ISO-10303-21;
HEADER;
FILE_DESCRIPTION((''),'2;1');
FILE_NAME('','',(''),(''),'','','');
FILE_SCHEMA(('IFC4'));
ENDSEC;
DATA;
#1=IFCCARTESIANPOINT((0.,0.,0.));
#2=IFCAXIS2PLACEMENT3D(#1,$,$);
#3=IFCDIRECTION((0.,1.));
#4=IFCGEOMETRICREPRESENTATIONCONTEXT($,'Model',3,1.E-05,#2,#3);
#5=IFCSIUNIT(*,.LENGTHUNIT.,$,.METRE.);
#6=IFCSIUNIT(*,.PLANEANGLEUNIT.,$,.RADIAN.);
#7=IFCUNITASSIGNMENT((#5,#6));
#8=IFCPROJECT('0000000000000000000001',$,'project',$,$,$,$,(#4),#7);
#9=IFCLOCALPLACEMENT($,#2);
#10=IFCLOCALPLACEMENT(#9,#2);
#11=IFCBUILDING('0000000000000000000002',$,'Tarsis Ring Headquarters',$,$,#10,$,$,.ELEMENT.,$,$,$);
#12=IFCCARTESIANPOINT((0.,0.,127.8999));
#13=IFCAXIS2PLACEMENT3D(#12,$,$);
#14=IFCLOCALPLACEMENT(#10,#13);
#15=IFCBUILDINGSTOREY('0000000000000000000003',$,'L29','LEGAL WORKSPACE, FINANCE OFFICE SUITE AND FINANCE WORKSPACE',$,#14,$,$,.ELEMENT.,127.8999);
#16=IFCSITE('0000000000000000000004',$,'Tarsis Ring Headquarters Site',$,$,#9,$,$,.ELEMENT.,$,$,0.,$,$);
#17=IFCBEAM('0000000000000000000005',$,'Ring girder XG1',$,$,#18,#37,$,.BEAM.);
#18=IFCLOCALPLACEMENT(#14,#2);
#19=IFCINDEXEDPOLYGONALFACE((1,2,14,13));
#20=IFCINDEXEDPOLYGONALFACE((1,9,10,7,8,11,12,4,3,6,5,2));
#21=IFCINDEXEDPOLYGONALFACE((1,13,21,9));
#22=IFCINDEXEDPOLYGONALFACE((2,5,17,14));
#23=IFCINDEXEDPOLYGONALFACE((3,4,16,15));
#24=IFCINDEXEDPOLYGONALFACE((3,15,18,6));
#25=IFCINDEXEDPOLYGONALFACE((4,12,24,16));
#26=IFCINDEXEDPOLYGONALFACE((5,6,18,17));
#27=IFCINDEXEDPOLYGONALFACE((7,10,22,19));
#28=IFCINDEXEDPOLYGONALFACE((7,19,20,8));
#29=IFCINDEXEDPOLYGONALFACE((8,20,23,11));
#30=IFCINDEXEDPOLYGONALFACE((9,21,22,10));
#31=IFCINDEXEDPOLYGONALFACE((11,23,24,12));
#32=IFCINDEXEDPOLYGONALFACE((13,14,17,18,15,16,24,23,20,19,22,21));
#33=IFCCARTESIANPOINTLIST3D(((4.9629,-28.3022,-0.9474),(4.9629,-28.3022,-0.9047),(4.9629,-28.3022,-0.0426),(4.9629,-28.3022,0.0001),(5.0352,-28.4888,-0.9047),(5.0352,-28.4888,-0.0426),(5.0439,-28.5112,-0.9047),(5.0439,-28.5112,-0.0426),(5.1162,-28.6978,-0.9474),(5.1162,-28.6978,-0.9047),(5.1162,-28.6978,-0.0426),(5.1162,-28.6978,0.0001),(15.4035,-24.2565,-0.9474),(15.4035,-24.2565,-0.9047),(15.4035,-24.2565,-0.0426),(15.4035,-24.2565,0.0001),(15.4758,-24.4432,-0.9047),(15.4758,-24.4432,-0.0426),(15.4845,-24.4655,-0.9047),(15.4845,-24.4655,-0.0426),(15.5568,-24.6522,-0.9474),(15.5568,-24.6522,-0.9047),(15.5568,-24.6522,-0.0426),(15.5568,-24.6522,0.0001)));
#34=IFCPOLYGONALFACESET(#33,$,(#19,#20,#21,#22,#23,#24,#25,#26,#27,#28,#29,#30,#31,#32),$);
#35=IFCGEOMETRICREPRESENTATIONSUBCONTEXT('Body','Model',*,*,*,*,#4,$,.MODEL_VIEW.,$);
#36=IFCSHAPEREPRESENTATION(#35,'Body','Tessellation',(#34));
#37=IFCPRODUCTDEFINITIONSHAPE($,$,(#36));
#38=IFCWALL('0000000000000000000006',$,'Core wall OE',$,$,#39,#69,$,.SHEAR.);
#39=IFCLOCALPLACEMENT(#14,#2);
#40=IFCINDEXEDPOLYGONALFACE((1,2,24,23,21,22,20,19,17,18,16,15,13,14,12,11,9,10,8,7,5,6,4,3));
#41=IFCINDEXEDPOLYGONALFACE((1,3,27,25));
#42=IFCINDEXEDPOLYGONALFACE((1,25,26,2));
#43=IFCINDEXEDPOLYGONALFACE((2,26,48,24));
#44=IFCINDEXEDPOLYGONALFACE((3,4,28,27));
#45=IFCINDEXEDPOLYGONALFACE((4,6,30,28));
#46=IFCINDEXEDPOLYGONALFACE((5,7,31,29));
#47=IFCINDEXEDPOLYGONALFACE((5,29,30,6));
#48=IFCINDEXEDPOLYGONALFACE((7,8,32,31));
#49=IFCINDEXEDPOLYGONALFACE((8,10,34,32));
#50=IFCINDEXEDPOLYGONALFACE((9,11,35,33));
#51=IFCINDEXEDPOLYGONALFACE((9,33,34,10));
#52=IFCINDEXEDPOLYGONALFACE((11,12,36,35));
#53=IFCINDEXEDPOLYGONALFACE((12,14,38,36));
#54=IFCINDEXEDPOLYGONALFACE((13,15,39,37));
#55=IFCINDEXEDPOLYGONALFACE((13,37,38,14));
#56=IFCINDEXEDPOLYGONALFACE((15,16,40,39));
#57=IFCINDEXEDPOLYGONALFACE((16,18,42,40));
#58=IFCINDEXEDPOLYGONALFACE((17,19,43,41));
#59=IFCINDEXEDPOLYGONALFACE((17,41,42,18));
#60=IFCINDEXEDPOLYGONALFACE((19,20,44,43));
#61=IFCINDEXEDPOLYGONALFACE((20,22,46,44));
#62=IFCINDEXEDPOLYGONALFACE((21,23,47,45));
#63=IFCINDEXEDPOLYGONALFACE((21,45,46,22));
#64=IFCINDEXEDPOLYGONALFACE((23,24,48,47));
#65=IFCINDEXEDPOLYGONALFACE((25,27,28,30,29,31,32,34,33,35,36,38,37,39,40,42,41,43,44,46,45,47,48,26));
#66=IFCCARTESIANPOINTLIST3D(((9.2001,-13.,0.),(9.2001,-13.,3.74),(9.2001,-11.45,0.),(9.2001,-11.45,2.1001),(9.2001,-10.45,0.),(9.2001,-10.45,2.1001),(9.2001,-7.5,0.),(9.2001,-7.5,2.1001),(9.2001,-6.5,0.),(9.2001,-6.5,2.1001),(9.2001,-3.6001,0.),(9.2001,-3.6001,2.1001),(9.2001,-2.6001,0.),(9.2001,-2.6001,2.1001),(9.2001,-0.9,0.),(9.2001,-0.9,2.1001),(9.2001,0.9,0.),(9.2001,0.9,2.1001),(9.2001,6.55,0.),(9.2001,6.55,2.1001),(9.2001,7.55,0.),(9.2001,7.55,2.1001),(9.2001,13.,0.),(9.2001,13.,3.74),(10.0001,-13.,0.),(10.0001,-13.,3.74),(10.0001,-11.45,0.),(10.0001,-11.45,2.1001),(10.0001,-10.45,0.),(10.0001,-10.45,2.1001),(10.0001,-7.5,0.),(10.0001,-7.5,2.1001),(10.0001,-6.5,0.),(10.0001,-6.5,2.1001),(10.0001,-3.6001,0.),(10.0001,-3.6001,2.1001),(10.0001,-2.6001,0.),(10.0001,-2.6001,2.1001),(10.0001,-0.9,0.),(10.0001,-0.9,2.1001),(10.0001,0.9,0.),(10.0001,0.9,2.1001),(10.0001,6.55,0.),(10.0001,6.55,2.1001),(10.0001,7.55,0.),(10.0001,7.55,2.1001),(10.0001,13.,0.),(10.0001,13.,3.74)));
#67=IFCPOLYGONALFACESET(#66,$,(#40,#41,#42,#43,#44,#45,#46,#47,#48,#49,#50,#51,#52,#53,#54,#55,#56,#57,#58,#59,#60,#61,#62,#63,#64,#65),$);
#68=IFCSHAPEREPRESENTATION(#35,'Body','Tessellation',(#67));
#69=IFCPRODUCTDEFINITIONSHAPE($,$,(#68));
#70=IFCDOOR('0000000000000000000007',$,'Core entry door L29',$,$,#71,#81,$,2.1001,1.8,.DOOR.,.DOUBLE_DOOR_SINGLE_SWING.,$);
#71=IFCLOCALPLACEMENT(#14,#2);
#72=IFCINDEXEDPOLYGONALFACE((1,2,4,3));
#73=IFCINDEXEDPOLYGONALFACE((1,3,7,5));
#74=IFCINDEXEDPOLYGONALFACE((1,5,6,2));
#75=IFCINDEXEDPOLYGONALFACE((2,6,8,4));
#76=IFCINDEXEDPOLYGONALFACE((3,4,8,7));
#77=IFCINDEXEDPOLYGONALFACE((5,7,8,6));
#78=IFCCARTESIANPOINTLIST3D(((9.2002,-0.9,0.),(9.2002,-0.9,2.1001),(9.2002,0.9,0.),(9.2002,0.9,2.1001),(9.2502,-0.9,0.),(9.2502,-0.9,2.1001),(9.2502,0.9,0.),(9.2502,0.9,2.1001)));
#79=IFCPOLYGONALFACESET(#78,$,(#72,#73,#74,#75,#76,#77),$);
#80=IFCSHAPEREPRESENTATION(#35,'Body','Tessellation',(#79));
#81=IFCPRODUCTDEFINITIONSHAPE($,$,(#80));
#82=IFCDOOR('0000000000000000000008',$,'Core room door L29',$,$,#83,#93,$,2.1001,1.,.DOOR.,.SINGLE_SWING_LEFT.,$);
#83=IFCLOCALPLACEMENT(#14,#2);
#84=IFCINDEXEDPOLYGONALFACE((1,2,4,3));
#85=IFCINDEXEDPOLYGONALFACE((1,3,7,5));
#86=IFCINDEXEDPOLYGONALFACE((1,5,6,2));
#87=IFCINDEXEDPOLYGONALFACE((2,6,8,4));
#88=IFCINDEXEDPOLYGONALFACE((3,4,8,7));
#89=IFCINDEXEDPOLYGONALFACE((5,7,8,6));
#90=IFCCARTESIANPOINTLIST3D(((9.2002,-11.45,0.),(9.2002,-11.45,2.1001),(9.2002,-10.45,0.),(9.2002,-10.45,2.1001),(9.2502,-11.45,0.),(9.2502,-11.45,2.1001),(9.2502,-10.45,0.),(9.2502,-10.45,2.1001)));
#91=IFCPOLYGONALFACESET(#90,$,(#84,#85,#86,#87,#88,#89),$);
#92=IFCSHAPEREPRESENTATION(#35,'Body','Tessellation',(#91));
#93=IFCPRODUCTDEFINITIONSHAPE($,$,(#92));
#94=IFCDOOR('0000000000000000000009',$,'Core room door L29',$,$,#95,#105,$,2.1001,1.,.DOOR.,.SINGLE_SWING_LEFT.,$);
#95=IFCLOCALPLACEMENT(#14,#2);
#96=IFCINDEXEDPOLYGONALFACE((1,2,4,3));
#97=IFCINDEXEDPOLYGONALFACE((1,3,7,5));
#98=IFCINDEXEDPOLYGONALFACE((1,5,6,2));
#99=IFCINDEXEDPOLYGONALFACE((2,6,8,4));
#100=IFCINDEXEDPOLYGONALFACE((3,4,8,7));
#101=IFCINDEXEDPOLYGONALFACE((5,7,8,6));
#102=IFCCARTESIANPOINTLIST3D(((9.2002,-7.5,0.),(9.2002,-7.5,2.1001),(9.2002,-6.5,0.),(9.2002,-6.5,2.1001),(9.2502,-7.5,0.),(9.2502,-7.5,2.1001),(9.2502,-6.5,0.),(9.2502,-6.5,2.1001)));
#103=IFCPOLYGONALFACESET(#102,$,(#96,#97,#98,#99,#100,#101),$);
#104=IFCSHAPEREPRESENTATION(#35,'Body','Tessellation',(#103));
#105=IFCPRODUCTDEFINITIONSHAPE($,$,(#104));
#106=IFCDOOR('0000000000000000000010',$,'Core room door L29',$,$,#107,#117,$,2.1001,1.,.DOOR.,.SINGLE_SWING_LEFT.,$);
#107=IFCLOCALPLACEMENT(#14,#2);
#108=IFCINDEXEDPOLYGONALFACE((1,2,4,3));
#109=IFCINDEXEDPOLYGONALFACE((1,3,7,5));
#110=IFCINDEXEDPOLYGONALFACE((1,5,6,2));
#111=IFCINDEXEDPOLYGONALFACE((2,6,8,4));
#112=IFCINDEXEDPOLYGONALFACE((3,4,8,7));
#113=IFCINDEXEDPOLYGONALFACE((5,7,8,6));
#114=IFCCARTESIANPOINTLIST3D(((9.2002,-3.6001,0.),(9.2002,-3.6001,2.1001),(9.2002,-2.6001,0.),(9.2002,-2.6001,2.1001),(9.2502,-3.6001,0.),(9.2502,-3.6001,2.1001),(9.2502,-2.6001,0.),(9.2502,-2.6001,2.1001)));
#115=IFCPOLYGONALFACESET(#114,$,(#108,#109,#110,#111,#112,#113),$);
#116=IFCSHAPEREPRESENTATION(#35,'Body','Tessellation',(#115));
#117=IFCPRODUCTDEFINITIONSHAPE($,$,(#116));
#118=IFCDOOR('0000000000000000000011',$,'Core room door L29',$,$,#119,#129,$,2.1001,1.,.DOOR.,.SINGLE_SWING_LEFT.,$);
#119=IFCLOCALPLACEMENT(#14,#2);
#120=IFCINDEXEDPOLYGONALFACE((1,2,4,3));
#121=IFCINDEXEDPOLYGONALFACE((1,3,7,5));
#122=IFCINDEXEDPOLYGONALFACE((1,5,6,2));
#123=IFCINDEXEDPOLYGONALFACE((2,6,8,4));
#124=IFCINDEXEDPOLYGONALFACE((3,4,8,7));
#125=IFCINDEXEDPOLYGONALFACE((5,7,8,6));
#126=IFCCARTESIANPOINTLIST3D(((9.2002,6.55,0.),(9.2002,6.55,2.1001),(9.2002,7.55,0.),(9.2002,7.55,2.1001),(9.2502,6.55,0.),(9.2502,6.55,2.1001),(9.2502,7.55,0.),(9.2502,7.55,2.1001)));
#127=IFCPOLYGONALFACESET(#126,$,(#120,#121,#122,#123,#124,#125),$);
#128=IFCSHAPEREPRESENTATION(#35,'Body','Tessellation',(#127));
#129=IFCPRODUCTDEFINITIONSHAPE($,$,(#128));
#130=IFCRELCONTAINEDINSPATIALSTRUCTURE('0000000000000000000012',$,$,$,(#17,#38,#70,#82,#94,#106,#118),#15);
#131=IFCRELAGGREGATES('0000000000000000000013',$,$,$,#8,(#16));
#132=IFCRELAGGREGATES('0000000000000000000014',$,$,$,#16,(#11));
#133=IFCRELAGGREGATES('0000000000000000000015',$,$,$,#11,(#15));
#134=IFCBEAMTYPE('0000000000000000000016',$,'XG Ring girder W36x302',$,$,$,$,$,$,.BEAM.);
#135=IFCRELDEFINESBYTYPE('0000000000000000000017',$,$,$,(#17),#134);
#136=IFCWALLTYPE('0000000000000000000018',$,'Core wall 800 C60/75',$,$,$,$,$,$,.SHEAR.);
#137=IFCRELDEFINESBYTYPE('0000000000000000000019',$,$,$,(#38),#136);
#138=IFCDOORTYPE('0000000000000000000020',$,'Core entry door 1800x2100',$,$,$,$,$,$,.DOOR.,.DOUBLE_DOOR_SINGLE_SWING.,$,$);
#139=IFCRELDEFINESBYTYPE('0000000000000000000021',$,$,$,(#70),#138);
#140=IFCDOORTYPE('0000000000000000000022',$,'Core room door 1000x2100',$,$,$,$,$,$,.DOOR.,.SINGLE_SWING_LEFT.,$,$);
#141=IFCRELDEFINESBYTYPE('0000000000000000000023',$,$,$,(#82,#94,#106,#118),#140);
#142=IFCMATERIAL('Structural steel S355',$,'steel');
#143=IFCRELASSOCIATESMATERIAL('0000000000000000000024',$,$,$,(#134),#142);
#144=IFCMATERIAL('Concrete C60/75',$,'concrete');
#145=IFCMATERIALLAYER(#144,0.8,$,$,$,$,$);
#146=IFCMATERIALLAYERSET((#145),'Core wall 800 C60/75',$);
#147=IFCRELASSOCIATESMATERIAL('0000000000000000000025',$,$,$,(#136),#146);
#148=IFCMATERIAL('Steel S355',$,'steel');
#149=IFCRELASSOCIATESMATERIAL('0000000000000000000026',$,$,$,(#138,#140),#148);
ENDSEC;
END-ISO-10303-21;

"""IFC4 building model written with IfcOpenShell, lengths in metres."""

from ifc_helpers import new_model, si_unit, direction, frame, frame_2d, origin, origin_2d, place, context, subcontext, project, spatial, rectangle, i_section, extrude, material, layer, layer_set, material_profile, profile_set, type_object, element, fill, save


model = new_model("IFC4")

# Units and contexts
model_context = context("Model", 3, precision=1e-05, world=origin(), true_north=direction((0.0, 1.0)))
body_context = subcontext(model_context, "Body", "Model", "MODEL_VIEW")
ifc_project = project(units=[si_unit("LENGTHUNIT", "METRE"), si_unit("PLANEANGLEUNIT", "RADIAN")], contexts=[model_context])

# Site, building, storey
site_placement = place(None, origin())
site = spatial("IfcSite", under=ifc_project, at=site_placement, Name="Tarsis Ring Headquarters Site", CompositionType="ELEMENT", RefElevation=0.0)
building_placement = place(site_placement, origin())
building = spatial("IfcBuilding", under=site, at=building_placement, Name="Tarsis Ring Headquarters", CompositionType="ELEMENT")
storey_placement = place(building_placement, frame((0.0, 0.0, 127.8999)))
storey = spatial("IfcBuildingStorey", under=building, at=storey_placement, Name="L29", Description="LEGAL WORKSPACE, FINANCE OFFICE SUITE AND FINANCE WORKSPACE", CompositionType="ELEMENT", Elevation=127.8999)

# Beam
ifc_material_1 = material(Name="Structural steel S355", Category="steel")
ifc_material_profile = material_profile(ifc_material_1, i_section(OverallWidth=0.4243, OverallDepth=0.9475, WebThickness=0.0239, FlangeThickness=0.0427, at=origin_2d()), Name="W36x302")
ifc_profile_set = profile_set([ifc_material_profile], Name="Structural steel S355")
beam_type = type_object("IfcBeamType", Name="XG Ring girder W36x302", PredefinedType="BEAM", material=ifc_profile_set)
beam_placement = place(storey_placement, frame((5.0396, -28.5, -0.4736), z_axis=(0.932445, 0.361313, 0.0), x_axis=(-0.361313, 0.932445, 0.0)))
element("IfcBeam", 1, at=beam_placement, inside=storey, type_object=beam_type, Name="Ring girder XG1", PredefinedType="BEAM", context=body_context, shape_type="SweptSolid", body=[
    extrude(i_section(OverallWidth=0.4243, OverallDepth=0.9475, WebThickness=0.0239, FlangeThickness=0.0427, at=origin_2d()), origin(), (0.0, 0.0, 1.0), 11.197),
])

# Wall, openings, doors
ifc_material_2 = material(Name="Concrete C60/75", Category="concrete")
ifc_layer_1 = layer(ifc_material_2, 0.8)
ifc_layer_set_1 = layer_set([ifc_layer_1], Name="Core wall 800 C60/75")
wall_type_1 = type_object("IfcWallType", Name="Core wall 800 C60/75", PredefinedType="SHEAR", material=ifc_layer_set_1)
wall_1_placement = place(storey_placement, frame((9.6001, -13.0, 0.0), z_axis=(0.0, 0.0, 1.0), x_axis=(0.0, 1.0, 0.0)))
wall_1 = element("IfcWall", 2, at=wall_1_placement, inside=storey, type_object=wall_type_1, Name="Core wall OE", PredefinedType="SHEAR", context=body_context, shape_type="SweptSolid", body=[
    extrude(rectangle(XDim=26.0, YDim=0.8, at=frame_2d((13.0, 0.0))), origin(), (0.0, 0.0, 1.0), 3.74),
])
opening_1_placement = place(wall_1_placement, frame((1.55, 0.0, 0.0)))
opening_1 = element("IfcOpeningElement", 3, at=opening_1_placement, cuts=wall_1, PredefinedType="OPENING", context=body_context, shape_type="SweptSolid", body=[
    extrude(rectangle(XDim=1.0, YDim=2.1001, at=frame_2d((0.5, 1.05))), frame((0.0, 0.4099, 0.0), z_axis=(0.0, -1.0, 0.0), x_axis=(1.0, 0.0, 0.0)), (0.0, 0.0, 1.0), 0.8201),
])
opening_2_placement = place(wall_1_placement, frame((5.5, 0.0, 0.0)))
opening_2 = element("IfcOpeningElement", 4, at=opening_2_placement, cuts=wall_1, PredefinedType="OPENING", context=body_context, shape_type="SweptSolid", body=[
    extrude(rectangle(XDim=1.0, YDim=2.1001, at=frame_2d((0.5, 1.05))), frame((0.0, 0.4099, 0.0), z_axis=(0.0, -1.0, 0.0), x_axis=(1.0, 0.0, 0.0)), (0.0, 0.0, 1.0), 0.8201),
])
opening_3_placement = place(wall_1_placement, frame((9.3999, 0.0, 0.0)))
opening_3 = element("IfcOpeningElement", 5, at=opening_3_placement, cuts=wall_1, PredefinedType="OPENING", context=body_context, shape_type="SweptSolid", body=[
    extrude(rectangle(XDim=1.0, YDim=2.1001, at=frame_2d((0.5, 1.05))), frame((0.0, 0.4099, 0.0), z_axis=(0.0, -1.0, 0.0), x_axis=(1.0, 0.0, 0.0)), (0.0, 0.0, 1.0), 0.8201),
])
opening_4_placement = place(wall_1_placement, frame((12.1001, 0.0, 0.0)))
opening_4 = element("IfcOpeningElement", 6, at=opening_4_placement, cuts=wall_1, PredefinedType="OPENING", context=body_context, shape_type="SweptSolid", body=[
    extrude(rectangle(XDim=1.8, YDim=2.1001, at=frame_2d((0.8999, 1.05))), frame((0.0, 0.4099, 0.0), z_axis=(0.0, -1.0, 0.0), x_axis=(1.0, 0.0, 0.0)), (0.0, 0.0, 1.0), 0.8201),
])
opening_5_placement = place(wall_1_placement, frame((19.55, 0.0, 0.0)))
opening_5 = element("IfcOpeningElement", 7, at=opening_5_placement, cuts=wall_1, PredefinedType="OPENING", context=body_context, shape_type="SweptSolid", body=[
    extrude(rectangle(XDim=1.0, YDim=2.1001, at=frame_2d((0.5, 1.05))), frame((0.0, 0.4099, 0.0), z_axis=(0.0, -1.0, 0.0), x_axis=(1.0, 0.0, 0.0)), (0.0, 0.0, 1.0), 0.8201),
])
ifc_material_3 = material(Name="Steel S355", Category="steel")
door_type_1 = type_object("IfcDoorType", Name="Core entry door 1800x2100", OperationType="DOUBLE_DOOR_SINGLE_SWING", PredefinedType="DOOR", material=ifc_material_3)
door_1_placement = place(opening_4_placement, origin())
door_1 = element("IfcDoor", 8, at=door_1_placement, inside=storey, type_object=door_type_1, Name="Core entry door L29", OperationType="DOUBLE_DOOR_SINGLE_SWING", OverallHeight=2.1001, OverallWidth=1.8, PredefinedType="DOOR", context=body_context, shape_type="SweptSolid", body=[
    extrude(rectangle(XDim=1.8, YDim=2.1001, at=frame_2d((0.8999, 1.05))), frame((0.0, 0.3999, 0.0), z_axis=(0.0, -1.0, 0.0), x_axis=(1.0, 0.0, 0.0)), (0.0, 0.0, 1.0), 0.05),
])
fill(opening_4, door_1)
door_type_2 = type_object("IfcDoorType", Name="Core room door 1000x2100", OperationType="SINGLE_SWING_LEFT", PredefinedType="DOOR", material=ifc_material_3)
door_2_placement = place(opening_1_placement, origin())
door_2 = element("IfcDoor", 9, at=door_2_placement, inside=storey, type_object=door_type_2, Name="Core room door L29", OperationType="SINGLE_SWING_LEFT", OverallHeight=2.1001, OverallWidth=1.0, PredefinedType="DOOR", context=body_context, shape_type="SweptSolid", body=[
    extrude(rectangle(XDim=1.0, YDim=2.1001, at=frame_2d((0.5, 1.05))), frame((0.0, 0.3999, 0.0), z_axis=(0.0, -1.0, 0.0), x_axis=(1.0, 0.0, 0.0)), (0.0, 0.0, 1.0), 0.05),
])
fill(opening_1, door_2)
door_3_placement = place(opening_2_placement, origin())
door_3 = element("IfcDoor", 10, at=door_3_placement, inside=storey, type_object=door_type_2, Name="Core room door L29", OperationType="SINGLE_SWING_LEFT", OverallHeight=2.1001, OverallWidth=1.0, PredefinedType="DOOR", context=body_context, shape_type="SweptSolid", body=[
    extrude(rectangle(XDim=1.0, YDim=2.1001, at=frame_2d((0.5, 1.05))), frame((0.0, 0.3999, 0.0), z_axis=(0.0, -1.0, 0.0), x_axis=(1.0, 0.0, 0.0)), (0.0, 0.0, 1.0), 0.05),
])
fill(opening_2, door_3)
door_4_placement = place(opening_3_placement, origin())
door_4 = element("IfcDoor", 11, at=door_4_placement, inside=storey, type_object=door_type_2, Name="Core room door L29", OperationType="SINGLE_SWING_LEFT", OverallHeight=2.1001, OverallWidth=1.0, PredefinedType="DOOR", context=body_context, shape_type="SweptSolid", body=[
    extrude(rectangle(XDim=1.0, YDim=2.1001, at=frame_2d((0.5, 1.05))), frame((0.0, 0.3999, 0.0), z_axis=(0.0, -1.0, 0.0), x_axis=(1.0, 0.0, 0.0)), (0.0, 0.0, 1.0), 0.05),
])
fill(opening_3, door_4)
door_5_placement = place(opening_5_placement, origin())
door_5 = element("IfcDoor", 12, at=door_5_placement, inside=storey, type_object=door_type_2, Name="Core room door L29", OperationType="SINGLE_SWING_LEFT", OverallHeight=2.1001, OverallWidth=1.0, PredefinedType="DOOR", context=body_context, shape_type="SweptSolid", body=[
    extrude(rectangle(XDim=1.0, YDim=2.1001, at=frame_2d((0.5, 1.05))), frame((0.0, 0.3999, 0.0), z_axis=(0.0, -1.0, 0.0), x_axis=(1.0, 0.0, 0.0)), (0.0, 0.0, 1.0), 0.05),
])
fill(opening_5, door_5)

save(model, "model.ifc")
